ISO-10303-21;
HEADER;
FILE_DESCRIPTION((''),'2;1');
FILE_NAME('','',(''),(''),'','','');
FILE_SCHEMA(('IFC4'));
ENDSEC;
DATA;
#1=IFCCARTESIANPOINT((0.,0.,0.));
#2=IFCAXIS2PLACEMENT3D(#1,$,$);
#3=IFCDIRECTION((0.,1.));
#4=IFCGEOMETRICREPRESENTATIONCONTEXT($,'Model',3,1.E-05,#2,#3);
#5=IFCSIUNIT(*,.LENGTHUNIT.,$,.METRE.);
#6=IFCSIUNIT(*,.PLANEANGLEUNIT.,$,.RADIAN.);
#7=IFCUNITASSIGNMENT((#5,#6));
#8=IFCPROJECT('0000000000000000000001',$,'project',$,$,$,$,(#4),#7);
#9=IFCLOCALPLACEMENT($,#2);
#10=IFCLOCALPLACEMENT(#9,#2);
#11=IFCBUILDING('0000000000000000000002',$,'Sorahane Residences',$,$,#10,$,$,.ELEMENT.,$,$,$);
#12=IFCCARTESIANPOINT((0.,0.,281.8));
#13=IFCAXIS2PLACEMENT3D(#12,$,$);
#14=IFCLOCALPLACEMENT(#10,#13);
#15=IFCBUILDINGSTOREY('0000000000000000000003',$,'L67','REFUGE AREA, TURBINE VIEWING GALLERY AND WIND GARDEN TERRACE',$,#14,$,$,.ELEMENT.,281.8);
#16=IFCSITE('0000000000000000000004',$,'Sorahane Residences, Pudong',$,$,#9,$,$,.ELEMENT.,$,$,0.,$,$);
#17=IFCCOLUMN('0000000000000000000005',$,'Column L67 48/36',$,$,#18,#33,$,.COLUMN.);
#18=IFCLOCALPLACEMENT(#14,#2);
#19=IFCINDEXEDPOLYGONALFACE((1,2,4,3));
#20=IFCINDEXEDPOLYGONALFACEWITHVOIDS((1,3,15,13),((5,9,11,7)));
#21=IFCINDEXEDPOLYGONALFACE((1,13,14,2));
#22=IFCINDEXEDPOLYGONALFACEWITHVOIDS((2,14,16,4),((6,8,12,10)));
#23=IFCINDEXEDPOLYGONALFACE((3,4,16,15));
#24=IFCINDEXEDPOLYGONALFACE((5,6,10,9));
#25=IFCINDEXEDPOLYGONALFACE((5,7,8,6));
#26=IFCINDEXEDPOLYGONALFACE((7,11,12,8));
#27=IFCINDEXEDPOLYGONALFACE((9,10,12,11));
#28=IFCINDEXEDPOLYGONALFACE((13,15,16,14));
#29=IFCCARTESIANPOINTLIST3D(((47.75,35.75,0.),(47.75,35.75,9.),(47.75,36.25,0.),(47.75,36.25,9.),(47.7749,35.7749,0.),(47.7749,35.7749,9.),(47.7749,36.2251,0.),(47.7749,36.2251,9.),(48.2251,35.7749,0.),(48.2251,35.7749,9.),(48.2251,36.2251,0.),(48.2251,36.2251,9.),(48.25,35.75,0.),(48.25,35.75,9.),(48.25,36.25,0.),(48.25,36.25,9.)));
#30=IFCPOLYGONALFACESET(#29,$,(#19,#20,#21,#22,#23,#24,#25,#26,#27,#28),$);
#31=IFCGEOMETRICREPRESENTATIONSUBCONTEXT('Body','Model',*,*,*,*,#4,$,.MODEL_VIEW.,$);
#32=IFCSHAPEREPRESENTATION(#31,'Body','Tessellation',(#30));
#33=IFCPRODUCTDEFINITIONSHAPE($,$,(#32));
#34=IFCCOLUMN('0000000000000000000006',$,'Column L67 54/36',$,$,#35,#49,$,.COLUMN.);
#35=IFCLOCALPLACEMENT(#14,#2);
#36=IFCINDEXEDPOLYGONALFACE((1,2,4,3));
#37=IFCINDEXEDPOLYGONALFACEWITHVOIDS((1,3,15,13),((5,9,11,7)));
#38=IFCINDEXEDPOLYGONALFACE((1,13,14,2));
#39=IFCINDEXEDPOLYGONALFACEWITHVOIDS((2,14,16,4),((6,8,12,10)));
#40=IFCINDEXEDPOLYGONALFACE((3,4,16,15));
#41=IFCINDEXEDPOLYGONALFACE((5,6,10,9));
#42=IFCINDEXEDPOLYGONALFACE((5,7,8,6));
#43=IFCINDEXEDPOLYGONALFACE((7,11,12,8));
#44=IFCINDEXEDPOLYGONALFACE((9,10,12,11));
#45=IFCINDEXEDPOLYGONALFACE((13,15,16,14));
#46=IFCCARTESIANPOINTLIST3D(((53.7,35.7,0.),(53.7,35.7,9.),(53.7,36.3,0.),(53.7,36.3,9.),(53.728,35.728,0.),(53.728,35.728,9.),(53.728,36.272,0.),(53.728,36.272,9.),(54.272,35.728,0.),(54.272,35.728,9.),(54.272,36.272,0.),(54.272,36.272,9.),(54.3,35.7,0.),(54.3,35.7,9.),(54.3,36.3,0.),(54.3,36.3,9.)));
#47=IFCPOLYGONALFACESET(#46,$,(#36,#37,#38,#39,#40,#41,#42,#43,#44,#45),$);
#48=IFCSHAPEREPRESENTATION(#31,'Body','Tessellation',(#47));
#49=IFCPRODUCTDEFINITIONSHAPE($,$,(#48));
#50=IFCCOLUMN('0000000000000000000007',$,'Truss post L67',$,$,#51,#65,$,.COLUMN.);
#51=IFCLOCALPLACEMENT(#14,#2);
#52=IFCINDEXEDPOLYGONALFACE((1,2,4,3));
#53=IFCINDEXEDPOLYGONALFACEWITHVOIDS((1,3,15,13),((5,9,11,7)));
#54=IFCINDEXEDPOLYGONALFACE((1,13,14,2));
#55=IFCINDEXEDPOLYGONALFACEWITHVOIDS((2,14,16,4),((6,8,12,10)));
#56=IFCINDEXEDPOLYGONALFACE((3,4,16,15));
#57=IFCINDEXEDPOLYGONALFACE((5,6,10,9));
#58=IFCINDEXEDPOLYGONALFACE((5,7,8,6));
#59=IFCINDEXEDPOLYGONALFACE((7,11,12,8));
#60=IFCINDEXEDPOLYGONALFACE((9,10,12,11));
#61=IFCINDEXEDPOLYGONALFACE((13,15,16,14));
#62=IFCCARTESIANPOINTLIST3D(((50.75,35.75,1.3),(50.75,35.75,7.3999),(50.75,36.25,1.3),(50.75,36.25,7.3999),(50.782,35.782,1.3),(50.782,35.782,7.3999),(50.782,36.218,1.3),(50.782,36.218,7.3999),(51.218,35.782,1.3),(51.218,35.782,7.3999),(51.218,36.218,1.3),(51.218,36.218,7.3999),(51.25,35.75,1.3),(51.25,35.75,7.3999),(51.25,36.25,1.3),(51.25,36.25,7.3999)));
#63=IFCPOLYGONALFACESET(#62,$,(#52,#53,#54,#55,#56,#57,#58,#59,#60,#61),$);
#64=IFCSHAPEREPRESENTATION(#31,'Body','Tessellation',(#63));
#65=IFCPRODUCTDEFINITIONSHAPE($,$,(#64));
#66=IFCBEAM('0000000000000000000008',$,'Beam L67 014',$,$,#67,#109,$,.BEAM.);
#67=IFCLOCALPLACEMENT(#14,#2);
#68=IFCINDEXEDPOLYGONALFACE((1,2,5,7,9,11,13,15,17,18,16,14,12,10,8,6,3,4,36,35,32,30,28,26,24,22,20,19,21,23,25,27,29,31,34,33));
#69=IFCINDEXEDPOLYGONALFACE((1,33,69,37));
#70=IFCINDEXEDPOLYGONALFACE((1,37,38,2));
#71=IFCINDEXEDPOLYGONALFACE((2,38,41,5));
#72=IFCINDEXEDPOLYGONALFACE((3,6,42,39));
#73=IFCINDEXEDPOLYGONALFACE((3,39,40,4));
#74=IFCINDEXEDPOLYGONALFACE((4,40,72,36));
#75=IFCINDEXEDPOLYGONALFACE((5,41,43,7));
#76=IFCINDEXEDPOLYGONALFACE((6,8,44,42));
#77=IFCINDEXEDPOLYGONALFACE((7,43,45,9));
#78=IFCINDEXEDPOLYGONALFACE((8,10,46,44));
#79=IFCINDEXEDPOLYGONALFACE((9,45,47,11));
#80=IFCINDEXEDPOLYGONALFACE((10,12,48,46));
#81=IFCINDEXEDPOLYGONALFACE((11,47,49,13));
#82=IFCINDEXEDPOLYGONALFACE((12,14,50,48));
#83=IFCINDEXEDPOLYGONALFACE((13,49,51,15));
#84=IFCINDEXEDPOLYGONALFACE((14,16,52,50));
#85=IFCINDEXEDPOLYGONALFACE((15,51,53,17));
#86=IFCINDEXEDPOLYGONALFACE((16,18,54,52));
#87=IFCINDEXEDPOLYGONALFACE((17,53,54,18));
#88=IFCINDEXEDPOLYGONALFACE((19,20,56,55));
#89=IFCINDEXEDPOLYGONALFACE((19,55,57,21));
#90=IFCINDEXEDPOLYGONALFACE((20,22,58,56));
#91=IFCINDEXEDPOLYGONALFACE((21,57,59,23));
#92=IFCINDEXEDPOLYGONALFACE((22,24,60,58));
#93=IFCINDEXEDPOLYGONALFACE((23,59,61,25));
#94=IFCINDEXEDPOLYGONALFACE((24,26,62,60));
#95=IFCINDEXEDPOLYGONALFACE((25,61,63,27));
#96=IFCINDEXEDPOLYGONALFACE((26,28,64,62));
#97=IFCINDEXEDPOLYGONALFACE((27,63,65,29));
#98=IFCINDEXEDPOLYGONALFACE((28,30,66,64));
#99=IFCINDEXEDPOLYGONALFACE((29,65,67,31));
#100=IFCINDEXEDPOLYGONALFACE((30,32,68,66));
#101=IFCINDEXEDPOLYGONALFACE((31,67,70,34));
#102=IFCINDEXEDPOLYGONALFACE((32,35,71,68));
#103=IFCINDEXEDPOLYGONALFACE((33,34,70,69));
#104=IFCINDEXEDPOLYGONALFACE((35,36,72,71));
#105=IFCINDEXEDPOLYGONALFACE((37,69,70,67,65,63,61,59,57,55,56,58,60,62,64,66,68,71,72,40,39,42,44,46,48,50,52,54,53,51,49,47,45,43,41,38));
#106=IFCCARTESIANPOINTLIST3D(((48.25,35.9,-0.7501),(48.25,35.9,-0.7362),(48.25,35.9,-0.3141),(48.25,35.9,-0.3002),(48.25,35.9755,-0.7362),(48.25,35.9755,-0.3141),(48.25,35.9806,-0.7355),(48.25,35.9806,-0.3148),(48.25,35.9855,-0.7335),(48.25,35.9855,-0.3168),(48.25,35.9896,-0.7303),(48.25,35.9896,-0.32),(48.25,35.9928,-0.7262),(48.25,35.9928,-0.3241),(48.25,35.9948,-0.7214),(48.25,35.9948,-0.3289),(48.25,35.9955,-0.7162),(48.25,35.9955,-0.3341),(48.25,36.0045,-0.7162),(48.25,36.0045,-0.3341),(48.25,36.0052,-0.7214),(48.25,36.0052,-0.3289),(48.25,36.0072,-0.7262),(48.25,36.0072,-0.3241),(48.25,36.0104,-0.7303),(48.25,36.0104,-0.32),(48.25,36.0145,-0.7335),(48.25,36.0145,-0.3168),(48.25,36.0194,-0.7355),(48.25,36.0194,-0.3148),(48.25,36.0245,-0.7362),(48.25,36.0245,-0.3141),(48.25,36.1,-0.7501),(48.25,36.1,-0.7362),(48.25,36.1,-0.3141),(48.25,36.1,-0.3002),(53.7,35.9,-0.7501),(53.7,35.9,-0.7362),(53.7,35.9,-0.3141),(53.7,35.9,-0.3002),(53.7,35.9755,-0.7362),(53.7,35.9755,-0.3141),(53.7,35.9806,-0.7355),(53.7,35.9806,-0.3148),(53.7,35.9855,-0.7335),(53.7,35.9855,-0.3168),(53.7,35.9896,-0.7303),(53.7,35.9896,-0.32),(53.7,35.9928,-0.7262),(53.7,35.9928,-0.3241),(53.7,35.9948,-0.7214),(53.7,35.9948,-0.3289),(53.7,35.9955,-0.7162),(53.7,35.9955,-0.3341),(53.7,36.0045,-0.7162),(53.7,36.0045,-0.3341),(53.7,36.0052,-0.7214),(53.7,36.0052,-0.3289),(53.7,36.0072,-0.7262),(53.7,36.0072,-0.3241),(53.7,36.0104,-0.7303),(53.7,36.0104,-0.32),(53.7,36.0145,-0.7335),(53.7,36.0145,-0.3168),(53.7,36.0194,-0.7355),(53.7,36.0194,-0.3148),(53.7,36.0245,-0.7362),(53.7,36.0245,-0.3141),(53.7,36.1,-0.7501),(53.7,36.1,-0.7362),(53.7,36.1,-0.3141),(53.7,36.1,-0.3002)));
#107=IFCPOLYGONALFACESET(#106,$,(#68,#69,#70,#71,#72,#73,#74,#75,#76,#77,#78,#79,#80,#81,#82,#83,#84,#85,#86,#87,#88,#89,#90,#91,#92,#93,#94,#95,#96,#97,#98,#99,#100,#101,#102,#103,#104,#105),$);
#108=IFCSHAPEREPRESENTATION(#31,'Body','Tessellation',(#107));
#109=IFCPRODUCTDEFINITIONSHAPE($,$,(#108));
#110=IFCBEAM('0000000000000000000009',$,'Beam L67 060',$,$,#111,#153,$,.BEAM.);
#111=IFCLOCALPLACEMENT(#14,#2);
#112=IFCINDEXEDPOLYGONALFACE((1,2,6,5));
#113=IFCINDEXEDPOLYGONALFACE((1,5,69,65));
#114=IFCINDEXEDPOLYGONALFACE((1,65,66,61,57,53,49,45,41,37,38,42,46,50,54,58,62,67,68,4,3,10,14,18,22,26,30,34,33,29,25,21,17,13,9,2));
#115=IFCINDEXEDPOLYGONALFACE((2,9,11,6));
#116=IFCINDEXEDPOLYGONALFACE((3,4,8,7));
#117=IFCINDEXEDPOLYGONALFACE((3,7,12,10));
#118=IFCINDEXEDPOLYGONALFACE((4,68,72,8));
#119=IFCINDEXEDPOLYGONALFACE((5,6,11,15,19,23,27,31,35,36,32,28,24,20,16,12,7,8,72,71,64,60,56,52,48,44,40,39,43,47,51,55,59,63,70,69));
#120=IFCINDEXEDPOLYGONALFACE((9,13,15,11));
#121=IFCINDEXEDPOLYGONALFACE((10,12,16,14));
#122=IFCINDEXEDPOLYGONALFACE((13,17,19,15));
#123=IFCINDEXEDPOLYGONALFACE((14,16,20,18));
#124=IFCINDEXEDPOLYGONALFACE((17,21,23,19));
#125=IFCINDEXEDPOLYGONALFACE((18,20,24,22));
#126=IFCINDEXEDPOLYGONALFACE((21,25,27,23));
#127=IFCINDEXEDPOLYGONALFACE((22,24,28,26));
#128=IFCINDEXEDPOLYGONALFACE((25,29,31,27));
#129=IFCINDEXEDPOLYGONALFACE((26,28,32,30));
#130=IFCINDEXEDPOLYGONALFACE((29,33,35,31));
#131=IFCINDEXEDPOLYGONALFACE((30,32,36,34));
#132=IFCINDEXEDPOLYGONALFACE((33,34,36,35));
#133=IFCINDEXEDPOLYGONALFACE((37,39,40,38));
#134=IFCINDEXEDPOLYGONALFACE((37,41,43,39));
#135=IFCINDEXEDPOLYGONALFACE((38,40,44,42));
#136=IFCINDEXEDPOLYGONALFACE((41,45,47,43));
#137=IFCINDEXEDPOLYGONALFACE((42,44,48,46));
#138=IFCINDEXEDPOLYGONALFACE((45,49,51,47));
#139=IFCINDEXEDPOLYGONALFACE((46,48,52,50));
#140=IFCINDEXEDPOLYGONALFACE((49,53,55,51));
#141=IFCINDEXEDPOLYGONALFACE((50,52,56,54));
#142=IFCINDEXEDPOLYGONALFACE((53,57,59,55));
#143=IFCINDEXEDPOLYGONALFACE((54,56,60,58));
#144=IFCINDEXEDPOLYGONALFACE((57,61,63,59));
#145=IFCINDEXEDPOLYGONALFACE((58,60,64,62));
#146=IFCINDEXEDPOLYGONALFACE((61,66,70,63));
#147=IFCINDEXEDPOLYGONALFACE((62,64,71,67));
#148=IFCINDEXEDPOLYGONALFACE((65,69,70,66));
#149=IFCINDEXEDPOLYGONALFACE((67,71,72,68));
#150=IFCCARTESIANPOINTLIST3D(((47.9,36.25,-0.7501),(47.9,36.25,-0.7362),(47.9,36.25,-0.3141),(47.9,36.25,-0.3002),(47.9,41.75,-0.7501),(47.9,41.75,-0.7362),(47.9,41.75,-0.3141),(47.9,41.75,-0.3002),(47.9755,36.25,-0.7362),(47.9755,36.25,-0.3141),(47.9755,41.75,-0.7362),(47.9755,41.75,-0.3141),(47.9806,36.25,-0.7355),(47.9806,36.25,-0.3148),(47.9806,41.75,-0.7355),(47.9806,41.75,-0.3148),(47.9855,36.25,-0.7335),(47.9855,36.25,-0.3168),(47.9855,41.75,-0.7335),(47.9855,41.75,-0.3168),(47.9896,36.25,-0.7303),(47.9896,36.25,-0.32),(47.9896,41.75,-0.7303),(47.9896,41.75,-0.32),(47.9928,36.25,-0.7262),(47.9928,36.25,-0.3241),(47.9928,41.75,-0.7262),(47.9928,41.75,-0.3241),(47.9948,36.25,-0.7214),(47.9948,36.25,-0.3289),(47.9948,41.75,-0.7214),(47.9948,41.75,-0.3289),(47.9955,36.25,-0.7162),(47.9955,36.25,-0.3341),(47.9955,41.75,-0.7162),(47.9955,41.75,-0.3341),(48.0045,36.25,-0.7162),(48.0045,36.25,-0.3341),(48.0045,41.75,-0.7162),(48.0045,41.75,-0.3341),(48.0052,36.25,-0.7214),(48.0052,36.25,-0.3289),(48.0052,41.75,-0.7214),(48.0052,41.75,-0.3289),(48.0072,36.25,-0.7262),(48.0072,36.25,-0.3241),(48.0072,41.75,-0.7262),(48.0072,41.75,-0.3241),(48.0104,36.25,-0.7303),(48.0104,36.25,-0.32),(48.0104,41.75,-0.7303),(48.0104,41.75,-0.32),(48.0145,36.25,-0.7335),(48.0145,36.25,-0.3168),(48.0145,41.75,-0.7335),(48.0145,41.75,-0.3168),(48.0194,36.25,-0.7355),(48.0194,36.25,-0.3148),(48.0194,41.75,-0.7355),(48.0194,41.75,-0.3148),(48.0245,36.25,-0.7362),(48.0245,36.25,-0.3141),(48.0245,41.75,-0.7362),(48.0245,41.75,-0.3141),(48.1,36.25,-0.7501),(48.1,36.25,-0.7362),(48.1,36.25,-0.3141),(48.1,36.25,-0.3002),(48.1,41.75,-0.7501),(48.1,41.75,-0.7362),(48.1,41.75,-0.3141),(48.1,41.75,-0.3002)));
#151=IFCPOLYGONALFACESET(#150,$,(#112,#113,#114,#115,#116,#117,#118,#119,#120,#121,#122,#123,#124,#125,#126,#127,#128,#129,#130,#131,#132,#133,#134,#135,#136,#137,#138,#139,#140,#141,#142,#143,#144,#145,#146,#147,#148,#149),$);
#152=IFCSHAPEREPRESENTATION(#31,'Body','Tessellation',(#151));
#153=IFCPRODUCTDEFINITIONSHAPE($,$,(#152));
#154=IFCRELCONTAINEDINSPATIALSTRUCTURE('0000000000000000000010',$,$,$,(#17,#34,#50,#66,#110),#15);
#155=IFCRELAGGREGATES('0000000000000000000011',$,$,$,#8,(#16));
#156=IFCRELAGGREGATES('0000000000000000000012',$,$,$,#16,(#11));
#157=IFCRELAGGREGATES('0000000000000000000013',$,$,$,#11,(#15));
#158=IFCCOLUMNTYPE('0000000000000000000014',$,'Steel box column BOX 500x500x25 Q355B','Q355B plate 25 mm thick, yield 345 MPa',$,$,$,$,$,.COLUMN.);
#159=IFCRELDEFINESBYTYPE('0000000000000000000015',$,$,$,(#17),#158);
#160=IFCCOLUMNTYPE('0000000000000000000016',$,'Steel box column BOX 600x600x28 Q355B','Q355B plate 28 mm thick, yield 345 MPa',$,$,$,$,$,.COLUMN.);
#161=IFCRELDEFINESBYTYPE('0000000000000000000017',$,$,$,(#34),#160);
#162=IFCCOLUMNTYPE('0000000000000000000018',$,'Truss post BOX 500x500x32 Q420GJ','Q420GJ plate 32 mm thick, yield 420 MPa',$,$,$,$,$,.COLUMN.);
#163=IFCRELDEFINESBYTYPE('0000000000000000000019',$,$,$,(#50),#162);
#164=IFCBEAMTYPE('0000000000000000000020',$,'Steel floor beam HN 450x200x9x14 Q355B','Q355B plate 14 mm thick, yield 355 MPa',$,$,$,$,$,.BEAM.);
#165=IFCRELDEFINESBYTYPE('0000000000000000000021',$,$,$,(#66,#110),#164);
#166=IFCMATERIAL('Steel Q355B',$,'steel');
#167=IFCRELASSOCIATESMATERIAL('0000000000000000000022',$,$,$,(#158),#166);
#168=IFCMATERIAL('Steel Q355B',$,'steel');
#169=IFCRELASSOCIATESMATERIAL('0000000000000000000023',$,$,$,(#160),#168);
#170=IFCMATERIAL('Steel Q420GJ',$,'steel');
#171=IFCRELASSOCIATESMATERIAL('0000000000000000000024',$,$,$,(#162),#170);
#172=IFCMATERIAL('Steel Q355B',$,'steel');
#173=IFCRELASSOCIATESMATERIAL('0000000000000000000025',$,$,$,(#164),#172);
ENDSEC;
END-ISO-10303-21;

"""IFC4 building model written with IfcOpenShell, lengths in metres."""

from ifc_helpers import new_model, si_unit, direction, frame, origin, origin_2d, place, context, subcontext, project, spatial, hollow_rectangle, i_section, extrude, material, material_profile, profile_set, type_object, element, save


model = new_model("IFC4")

# Units and contexts
model_context = context("Model", 3, precision=1e-05, world=origin(), true_north=direction((0.0, 1.0)))
body_context = subcontext(model_context, "Body", "Model", "MODEL_VIEW")
ifc_project = project(units=[si_unit("LENGTHUNIT", "METRE"), si_unit("PLANEANGLEUNIT", "RADIAN")], contexts=[model_context])

# Site, building, storey
site_placement = place(None, origin())
site = spatial("IfcSite", under=ifc_project, at=site_placement, Name="Sorahane Residences, Pudong", CompositionType="ELEMENT", RefElevation=0.0)
building_placement = place(site_placement, origin())
building = spatial("IfcBuilding", under=site, at=building_placement, Name="Sorahane Residences", CompositionType="ELEMENT")
storey_placement = place(building_placement, frame((0.0, 0.0, 281.8)))
storey = spatial("IfcBuildingStorey", under=building, at=storey_placement, Name="L67", Description="REFUGE AREA, TURBINE VIEWING GALLERY AND WIND GARDEN TERRACE", CompositionType="ELEMENT", Elevation=281.8)

# Columns
ifc_material_1 = material(Name="Steel Q355B", Category="steel")
ifc_material_profile_1 = material_profile(ifc_material_1, hollow_rectangle(XDim=0.5, YDim=0.5, WallThickness=0.0249, at=origin_2d()), Name="BOX 500x500x25")
ifc_profile_set_1 = profile_set([ifc_material_profile_1], Name="Steel Q355B")
column_type_1 = type_object("IfcColumnType", Name="Steel box column BOX 500x500x25 Q355B", Description="Q355B plate 25 mm thick, yield 345 MPa", PredefinedType="COLUMN", material=ifc_profile_set_1)
column_1_placement = place(storey_placement, frame((48.0, 36.0, 0.0), z_axis=(0.0, 0.0, 1.0), x_axis=(1.0, 0.0, 0.0)))
element("IfcColumn", 1, at=column_1_placement, inside=storey, type_object=column_type_1, Name="Column L67 48/36", PredefinedType="COLUMN", context=body_context, shape_type="SweptSolid", body=[
    extrude(hollow_rectangle(XDim=0.5, YDim=0.5, WallThickness=0.0249, at=origin_2d()), origin(), (0.0, 0.0, 1.0), 9.0),
])
ifc_material_2 = material(Name="Steel Q355B", Category="steel")
ifc_material_profile_2 = material_profile(ifc_material_2, hollow_rectangle(XDim=0.6001, YDim=0.6001, WallThickness=0.0281, at=origin_2d()), Name="BOX 600x600x28")
ifc_profile_set_2 = profile_set([ifc_material_profile_2], Name="Steel Q355B")
column_type_2 = type_object("IfcColumnType", Name="Steel box column BOX 600x600x28 Q355B", Description="Q355B plate 28 mm thick, yield 345 MPa", PredefinedType="COLUMN", material=ifc_profile_set_2)
column_2_placement = place(storey_placement, frame((54.0, 36.0, 0.0), z_axis=(0.0, 0.0, 1.0), x_axis=(1.0, 0.0, 0.0)))
element("IfcColumn", 2, at=column_2_placement, inside=storey, type_object=column_type_2, Name="Column L67 54/36", PredefinedType="COLUMN", context=body_context, shape_type="SweptSolid", body=[
    extrude(hollow_rectangle(XDim=0.6001, YDim=0.6001, WallThickness=0.0281, at=origin_2d()), origin(), (0.0, 0.0, 1.0), 9.0),
])
ifc_material_3 = material(Name="Steel Q420GJ", Category="steel")
ifc_material_profile_3 = material_profile(ifc_material_3, hollow_rectangle(XDim=0.5, YDim=0.5, WallThickness=0.032, at=origin_2d()), Name="BOX 500x500x32")
ifc_profile_set_3 = profile_set([ifc_material_profile_3], Name="Steel Q420GJ")
column_type_3 = type_object("IfcColumnType", Name="Truss post BOX 500x500x32 Q420GJ", Description="Q420GJ plate 32 mm thick, yield 420 MPa", PredefinedType="COLUMN", material=ifc_profile_set_3)
column_3_placement = place(storey_placement, frame((51.0, 36.0, 1.3), z_axis=(0.0, 0.0, 1.0), x_axis=(1.0, 0.0, 0.0)))
element("IfcColumn", 3, at=column_3_placement, inside=storey, type_object=column_type_3, Name="Truss post L67", PredefinedType="COLUMN", context=body_context, shape_type="SweptSolid", body=[
    extrude(hollow_rectangle(XDim=0.5, YDim=0.5, WallThickness=0.032, at=origin_2d()), origin(), (0.0, 0.0, 1.0), 6.0999),
])

# Beams
ifc_material_4 = material(Name="Steel Q355B", Category="steel")
ifc_material_profile_4 = material_profile(ifc_material_4, i_section(OverallWidth=0.2, OverallDepth=0.45, WebThickness=0.009, FlangeThickness=0.0139, FilletRadius=0.02, at=origin_2d()), Name="HN 450x200x9x14")
ifc_profile_set_4 = profile_set([ifc_material_profile_4], Name="Steel Q355B")
beam_type_1 = type_object("IfcBeamType", Name="Steel floor beam HN 450x200x9x14 Q355B", Description="Q355B plate 14 mm thick, yield 355 MPa", PredefinedType="BEAM", material=ifc_profile_set_4)
beam_1_placement = place(storey_placement, frame((48.25, 36.0, -0.5251), z_axis=(1.0, 0.0, 0.0), x_axis=(0.0, 1.0, 0.0)))
element("IfcBeam", 4, at=beam_1_placement, inside=storey, type_object=beam_type_1, Name="Beam L67 014", PredefinedType="BEAM", context=body_context, shape_type="SweptSolid", body=[
    extrude(i_section(OverallWidth=0.2, OverallDepth=0.45, WebThickness=0.009, FlangeThickness=0.0139, FilletRadius=0.02, at=origin_2d()), origin(), (0.0, 0.0, 1.0), 5.45),
])
beam_2_placement = place(storey_placement, frame((48.0, 36.25, -0.5251), z_axis=(0.0, 1.0, 0.0), x_axis=(-1.0, 0.0, 0.0)))
element("IfcBeam", 5, at=beam_2_placement, inside=storey, type_object=beam_type_1, Name="Beam L67 060", PredefinedType="BEAM", context=body_context, shape_type="SweptSolid", body=[
    extrude(i_section(OverallWidth=0.2, OverallDepth=0.45, WebThickness=0.009, FlangeThickness=0.0139, FilletRadius=0.02, at=origin_2d()), origin(), (0.0, 0.0, 1.0), 5.5),
])

save(model, "model.ifc")
